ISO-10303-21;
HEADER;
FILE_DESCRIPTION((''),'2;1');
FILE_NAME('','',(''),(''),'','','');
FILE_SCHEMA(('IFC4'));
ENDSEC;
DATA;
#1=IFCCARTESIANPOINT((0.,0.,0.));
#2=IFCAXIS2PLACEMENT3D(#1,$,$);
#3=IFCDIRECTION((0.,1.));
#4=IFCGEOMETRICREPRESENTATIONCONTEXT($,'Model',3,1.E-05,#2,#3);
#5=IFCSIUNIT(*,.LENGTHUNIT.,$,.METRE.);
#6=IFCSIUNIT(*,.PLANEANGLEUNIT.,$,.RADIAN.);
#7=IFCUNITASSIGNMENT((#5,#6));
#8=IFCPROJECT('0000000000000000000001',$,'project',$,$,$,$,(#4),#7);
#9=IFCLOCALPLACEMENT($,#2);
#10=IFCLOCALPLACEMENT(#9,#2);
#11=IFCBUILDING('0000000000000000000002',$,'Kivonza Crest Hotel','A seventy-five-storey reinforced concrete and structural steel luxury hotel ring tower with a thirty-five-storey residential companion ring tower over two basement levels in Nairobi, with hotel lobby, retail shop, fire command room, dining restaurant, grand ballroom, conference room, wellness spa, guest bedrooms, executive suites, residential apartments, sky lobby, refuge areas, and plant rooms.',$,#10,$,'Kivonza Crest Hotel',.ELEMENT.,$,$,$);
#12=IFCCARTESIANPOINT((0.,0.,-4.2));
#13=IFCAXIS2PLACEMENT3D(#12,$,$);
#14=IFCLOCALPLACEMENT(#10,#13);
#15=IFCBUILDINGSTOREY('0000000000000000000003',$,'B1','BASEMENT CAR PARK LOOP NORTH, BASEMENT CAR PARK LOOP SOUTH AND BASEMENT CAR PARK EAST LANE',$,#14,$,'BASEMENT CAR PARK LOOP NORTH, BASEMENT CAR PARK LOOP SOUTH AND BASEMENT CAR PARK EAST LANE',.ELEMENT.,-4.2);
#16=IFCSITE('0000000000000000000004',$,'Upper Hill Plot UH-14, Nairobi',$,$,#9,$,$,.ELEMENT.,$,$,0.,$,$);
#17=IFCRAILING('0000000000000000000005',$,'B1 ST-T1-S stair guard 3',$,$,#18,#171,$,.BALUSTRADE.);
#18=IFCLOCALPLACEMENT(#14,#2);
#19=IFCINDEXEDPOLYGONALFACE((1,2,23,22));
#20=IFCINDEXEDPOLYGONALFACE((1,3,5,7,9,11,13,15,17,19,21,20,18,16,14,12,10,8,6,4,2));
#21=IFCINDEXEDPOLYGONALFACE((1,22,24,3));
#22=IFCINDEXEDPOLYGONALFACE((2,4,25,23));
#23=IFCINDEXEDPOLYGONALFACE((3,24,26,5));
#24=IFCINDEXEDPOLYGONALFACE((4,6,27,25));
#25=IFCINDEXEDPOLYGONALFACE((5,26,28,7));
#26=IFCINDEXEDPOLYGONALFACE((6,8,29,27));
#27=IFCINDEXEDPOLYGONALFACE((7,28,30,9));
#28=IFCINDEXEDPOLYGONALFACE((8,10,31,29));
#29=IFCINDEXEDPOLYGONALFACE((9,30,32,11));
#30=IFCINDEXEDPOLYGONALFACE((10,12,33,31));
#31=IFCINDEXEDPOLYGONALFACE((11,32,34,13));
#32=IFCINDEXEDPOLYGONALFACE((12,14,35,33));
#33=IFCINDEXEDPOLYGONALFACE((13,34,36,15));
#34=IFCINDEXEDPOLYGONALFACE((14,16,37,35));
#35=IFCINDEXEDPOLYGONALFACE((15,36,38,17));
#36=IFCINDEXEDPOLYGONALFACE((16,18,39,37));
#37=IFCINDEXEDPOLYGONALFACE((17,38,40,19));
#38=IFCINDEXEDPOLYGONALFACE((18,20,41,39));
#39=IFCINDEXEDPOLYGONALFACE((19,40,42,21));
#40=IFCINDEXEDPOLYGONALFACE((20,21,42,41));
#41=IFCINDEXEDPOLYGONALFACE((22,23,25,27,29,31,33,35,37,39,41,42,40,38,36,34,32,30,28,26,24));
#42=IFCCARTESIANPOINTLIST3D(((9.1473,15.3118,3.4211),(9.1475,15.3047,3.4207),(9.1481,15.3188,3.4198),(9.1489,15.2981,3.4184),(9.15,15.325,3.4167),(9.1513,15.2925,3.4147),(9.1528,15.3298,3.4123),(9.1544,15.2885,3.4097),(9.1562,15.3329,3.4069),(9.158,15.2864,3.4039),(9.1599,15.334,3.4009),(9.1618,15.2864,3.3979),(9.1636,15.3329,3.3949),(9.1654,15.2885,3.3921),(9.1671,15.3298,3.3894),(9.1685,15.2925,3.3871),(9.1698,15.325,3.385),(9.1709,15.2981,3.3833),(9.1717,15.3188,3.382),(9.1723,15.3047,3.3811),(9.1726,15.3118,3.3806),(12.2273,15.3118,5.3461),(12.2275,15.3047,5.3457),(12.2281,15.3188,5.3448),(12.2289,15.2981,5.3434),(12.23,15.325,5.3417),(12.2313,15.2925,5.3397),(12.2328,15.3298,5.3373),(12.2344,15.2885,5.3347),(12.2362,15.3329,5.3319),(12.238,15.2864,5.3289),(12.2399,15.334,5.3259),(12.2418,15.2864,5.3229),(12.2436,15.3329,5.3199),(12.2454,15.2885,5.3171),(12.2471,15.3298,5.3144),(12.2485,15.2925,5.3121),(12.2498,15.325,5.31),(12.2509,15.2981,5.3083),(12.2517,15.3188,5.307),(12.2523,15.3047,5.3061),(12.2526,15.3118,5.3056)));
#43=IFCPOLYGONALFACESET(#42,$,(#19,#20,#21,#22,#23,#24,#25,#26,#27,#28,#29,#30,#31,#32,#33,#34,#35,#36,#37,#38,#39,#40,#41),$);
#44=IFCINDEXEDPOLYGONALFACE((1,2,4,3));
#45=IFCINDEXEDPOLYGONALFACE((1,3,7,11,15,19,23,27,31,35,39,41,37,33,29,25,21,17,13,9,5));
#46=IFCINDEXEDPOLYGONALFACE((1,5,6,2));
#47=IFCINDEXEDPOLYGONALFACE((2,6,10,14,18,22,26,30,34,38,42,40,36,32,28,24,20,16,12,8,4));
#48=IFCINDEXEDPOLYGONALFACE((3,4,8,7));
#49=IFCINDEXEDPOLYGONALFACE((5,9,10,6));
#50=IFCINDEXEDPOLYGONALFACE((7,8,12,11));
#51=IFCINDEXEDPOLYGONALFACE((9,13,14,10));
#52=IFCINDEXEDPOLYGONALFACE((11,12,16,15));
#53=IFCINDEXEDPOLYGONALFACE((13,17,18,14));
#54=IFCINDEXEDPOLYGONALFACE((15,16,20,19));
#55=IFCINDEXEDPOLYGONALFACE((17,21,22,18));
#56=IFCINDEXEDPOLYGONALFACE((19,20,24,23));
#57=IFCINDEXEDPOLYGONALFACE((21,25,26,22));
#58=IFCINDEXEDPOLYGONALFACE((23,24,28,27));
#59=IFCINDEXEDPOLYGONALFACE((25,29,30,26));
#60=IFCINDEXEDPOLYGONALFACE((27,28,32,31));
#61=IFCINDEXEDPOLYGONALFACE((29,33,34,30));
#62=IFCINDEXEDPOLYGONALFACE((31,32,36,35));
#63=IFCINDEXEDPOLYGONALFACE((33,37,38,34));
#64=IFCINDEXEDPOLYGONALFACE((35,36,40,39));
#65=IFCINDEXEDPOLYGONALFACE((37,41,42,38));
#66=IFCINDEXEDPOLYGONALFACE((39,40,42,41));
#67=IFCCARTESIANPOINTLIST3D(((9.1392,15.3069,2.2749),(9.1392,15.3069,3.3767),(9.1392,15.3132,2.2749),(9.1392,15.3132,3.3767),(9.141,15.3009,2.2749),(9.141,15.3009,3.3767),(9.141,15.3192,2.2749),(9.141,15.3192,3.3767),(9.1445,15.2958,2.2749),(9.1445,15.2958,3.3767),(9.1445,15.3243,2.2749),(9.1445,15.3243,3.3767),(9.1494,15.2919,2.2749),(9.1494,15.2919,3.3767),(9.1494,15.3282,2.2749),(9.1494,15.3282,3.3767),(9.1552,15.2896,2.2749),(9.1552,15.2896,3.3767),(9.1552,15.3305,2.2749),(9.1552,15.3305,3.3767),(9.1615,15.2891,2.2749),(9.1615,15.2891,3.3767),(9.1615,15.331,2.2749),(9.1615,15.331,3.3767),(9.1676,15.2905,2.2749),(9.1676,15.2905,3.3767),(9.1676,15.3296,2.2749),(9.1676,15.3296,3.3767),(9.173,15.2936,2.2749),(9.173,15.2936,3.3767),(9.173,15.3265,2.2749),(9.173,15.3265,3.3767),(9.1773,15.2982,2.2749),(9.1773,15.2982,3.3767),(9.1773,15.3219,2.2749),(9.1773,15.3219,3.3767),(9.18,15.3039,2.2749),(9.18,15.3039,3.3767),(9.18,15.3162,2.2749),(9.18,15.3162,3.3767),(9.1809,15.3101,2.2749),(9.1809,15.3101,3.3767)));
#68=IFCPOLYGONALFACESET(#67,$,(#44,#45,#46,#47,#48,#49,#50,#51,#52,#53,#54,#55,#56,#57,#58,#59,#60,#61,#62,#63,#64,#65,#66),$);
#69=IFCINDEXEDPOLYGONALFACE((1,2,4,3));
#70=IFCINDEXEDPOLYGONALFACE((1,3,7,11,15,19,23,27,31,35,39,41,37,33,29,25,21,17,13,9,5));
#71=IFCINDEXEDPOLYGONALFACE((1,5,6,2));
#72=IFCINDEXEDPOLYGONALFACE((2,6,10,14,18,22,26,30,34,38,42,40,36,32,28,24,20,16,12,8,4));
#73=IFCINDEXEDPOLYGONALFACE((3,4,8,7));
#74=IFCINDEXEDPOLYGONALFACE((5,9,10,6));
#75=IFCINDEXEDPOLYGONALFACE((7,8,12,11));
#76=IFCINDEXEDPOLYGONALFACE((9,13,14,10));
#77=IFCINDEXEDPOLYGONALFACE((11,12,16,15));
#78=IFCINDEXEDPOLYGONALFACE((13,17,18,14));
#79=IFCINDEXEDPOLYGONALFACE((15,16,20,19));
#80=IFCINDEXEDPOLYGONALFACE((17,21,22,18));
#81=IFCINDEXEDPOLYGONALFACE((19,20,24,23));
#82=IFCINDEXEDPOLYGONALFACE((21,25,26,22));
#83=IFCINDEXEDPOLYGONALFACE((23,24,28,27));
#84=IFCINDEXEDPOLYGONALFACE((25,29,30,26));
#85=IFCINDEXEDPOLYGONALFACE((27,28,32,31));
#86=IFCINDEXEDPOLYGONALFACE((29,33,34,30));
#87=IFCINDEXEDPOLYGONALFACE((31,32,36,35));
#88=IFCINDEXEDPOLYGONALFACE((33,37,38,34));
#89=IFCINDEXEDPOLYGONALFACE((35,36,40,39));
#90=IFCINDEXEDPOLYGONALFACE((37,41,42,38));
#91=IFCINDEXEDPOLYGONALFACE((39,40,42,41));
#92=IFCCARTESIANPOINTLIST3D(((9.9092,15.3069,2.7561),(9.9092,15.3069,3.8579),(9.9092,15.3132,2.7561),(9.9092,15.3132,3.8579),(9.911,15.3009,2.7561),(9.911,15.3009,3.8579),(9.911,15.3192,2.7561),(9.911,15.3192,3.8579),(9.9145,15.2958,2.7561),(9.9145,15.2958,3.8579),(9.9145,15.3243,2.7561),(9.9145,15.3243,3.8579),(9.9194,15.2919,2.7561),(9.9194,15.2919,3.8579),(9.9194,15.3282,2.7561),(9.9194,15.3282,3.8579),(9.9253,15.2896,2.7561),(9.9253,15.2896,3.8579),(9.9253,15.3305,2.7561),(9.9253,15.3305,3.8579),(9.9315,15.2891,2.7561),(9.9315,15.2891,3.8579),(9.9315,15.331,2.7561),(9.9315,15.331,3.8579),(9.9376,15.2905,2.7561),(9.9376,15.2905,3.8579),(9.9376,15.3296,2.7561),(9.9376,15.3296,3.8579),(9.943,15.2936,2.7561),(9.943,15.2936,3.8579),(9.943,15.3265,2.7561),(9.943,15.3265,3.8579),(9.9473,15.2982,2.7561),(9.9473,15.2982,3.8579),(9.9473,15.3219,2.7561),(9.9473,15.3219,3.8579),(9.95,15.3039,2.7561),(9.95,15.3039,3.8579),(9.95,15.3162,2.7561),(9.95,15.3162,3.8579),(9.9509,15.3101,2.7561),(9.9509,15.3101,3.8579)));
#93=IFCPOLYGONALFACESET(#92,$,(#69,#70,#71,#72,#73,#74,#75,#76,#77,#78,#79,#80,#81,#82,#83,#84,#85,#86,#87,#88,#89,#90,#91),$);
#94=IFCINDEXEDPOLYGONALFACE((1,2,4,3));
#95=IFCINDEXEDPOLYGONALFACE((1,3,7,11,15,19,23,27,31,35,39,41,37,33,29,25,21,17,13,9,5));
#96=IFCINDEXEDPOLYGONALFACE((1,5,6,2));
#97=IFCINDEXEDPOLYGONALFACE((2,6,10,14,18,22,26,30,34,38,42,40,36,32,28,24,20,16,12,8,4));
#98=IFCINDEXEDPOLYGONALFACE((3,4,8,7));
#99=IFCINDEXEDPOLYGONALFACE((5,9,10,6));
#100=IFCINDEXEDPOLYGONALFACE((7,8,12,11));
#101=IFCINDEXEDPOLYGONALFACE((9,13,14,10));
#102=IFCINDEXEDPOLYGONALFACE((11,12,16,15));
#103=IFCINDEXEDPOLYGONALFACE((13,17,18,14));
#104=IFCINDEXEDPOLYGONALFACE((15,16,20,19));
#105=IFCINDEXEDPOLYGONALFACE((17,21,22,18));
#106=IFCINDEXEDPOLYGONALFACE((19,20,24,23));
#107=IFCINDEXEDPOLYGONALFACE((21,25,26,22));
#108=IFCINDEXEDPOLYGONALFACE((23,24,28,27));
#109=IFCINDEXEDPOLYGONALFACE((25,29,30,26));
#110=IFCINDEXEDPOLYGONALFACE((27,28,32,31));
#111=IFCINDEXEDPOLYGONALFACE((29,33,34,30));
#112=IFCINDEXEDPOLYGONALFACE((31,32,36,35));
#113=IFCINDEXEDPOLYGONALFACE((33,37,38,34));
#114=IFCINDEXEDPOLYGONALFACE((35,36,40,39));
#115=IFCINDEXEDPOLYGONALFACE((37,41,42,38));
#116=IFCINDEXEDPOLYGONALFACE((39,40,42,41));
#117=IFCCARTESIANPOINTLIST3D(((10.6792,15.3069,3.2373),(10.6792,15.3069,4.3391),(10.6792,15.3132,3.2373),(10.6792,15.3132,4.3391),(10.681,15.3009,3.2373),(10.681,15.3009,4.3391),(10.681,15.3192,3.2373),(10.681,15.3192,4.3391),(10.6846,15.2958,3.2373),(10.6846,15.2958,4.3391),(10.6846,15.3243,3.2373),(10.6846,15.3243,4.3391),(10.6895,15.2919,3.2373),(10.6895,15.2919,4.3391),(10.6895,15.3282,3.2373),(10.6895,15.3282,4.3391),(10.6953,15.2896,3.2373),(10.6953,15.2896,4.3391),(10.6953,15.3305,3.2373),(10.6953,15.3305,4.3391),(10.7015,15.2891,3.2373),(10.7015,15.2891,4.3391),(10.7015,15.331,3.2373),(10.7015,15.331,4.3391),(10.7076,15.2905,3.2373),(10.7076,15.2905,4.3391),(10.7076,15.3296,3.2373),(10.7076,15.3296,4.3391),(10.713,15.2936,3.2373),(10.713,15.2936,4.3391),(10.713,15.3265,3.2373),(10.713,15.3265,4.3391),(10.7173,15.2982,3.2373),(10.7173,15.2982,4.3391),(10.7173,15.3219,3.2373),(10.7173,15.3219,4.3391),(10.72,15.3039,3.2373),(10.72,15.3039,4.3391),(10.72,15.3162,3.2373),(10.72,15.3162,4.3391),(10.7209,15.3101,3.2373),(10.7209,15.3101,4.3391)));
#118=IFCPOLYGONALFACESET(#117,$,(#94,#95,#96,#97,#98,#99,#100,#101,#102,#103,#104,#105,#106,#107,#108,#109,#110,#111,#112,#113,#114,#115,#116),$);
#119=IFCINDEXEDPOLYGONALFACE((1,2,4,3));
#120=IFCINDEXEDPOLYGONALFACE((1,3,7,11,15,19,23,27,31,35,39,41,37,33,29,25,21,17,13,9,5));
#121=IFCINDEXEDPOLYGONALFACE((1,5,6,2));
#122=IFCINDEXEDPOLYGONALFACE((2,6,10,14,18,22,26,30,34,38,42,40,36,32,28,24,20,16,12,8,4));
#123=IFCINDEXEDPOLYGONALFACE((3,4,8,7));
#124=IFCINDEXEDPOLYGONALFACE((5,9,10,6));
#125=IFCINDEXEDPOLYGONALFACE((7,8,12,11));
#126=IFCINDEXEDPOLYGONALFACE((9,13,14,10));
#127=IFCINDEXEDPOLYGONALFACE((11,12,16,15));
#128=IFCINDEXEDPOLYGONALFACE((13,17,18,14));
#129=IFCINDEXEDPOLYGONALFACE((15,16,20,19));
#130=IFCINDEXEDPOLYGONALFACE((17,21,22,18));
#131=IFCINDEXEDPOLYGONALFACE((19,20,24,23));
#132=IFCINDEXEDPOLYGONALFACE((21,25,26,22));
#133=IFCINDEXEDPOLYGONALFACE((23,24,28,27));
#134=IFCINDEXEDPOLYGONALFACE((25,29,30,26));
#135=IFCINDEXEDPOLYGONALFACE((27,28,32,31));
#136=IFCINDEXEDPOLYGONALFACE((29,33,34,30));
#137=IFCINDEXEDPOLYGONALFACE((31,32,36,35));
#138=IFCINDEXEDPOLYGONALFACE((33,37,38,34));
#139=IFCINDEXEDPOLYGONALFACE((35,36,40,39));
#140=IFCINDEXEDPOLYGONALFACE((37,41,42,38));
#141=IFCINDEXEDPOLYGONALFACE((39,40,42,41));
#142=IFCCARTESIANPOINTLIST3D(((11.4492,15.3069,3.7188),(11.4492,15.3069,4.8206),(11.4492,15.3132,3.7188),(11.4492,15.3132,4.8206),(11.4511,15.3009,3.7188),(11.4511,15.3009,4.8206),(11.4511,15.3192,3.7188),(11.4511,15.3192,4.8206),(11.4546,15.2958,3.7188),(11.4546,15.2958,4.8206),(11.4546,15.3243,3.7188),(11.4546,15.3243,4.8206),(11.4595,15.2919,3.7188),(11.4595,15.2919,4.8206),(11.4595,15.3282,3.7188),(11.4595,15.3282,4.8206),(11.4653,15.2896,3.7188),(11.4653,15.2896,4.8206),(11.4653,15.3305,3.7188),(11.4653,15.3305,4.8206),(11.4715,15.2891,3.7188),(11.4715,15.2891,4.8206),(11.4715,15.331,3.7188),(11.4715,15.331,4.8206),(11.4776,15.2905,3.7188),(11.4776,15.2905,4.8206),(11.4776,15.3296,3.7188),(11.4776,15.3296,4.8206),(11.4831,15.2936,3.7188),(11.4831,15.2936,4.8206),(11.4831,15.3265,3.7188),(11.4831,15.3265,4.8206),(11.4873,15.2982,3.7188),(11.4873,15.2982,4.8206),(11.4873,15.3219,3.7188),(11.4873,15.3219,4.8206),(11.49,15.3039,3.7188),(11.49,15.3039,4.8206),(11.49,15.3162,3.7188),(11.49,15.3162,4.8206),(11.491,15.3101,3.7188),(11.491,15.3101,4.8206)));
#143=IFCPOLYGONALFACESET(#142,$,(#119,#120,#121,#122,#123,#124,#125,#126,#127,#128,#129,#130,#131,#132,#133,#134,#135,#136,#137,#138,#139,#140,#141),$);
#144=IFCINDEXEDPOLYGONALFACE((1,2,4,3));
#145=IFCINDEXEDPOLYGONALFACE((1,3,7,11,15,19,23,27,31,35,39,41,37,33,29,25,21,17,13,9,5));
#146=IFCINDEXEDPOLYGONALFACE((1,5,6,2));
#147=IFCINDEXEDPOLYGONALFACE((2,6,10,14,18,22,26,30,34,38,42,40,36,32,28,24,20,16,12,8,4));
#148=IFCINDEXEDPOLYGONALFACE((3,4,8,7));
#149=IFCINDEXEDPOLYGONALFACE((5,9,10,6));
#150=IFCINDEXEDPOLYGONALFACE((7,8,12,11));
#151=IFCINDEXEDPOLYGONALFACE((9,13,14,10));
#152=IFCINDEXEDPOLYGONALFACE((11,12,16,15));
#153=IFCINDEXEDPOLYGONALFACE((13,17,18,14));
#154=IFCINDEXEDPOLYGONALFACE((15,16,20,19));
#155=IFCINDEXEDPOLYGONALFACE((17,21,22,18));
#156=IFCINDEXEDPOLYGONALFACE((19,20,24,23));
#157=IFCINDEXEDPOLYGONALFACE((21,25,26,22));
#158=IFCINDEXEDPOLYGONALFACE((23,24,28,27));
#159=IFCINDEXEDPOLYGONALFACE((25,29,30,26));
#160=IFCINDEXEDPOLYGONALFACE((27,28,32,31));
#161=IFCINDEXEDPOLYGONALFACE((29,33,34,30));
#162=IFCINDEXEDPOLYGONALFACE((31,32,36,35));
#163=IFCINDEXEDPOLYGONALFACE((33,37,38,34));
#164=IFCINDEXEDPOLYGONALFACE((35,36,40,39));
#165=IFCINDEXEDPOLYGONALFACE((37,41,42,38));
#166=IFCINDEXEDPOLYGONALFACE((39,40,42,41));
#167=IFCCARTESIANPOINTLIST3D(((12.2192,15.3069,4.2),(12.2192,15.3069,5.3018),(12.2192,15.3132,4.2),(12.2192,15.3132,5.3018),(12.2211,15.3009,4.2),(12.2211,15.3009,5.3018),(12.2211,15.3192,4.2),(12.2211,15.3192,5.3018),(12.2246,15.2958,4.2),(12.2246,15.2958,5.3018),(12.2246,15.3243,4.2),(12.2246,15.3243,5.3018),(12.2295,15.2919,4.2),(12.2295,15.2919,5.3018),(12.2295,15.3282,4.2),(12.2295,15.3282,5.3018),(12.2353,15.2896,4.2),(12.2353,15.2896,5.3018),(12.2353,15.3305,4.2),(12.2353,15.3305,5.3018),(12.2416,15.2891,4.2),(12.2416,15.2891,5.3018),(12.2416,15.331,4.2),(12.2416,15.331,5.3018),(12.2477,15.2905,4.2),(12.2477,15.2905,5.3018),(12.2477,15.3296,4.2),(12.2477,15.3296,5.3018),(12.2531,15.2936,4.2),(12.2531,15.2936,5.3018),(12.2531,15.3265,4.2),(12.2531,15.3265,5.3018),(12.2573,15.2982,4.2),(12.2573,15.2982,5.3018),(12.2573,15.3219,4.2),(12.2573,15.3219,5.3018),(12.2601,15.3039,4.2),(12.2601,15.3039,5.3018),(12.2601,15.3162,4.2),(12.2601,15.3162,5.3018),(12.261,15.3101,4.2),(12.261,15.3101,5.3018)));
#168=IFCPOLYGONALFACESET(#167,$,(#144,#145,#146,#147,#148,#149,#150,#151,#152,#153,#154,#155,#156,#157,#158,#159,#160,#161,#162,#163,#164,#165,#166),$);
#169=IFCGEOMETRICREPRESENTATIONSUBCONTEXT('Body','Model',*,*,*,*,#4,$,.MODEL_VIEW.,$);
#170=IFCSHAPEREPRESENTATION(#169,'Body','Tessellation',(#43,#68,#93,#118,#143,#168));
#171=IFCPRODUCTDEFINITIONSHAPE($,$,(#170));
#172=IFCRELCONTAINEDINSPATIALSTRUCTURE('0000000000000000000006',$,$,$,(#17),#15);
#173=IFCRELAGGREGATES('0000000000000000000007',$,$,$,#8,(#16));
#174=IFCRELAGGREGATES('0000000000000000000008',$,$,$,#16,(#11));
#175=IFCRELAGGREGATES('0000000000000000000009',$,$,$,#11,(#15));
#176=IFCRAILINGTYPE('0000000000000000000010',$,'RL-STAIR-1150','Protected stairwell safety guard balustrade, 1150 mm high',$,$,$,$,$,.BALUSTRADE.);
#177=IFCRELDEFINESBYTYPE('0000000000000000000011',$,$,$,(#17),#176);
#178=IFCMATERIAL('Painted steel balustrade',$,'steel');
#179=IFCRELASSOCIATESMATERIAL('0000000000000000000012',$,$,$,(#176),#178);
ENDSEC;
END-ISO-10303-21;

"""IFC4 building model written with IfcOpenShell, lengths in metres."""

from ifc_helpers import new_model, si_unit, direction, frame, origin, origin_2d, place, context, subcontext, project, spatial, circle, extrude, material, type_object, element, save


model = new_model("IFC4")

# Units and contexts
model_context = context("Model", 3, precision=1e-05, world=origin(), true_north=direction((0.0, 1.0)))
body_context = subcontext(model_context, "Body", "Model", "MODEL_VIEW")
ifc_project = project(units=[si_unit("LENGTHUNIT", "METRE"), si_unit("PLANEANGLEUNIT", "RADIAN")], contexts=[model_context])

# Site, building, storey
site_placement = place(None, origin())
site = spatial("IfcSite", under=ifc_project, at=site_placement, Name="Upper Hill Plot UH-14, Nairobi", CompositionType="ELEMENT", RefElevation=0.0)
building_placement = place(site_placement, origin())
building = spatial("IfcBuilding", under=site, at=building_placement, Name="Kivonza Crest Hotel", Description="A seventy-five-storey reinforced concrete and structural steel luxury hotel ring tower with a thirty-five-storey residential companion ring tower over two basement levels in Nairobi, with hotel lobby, retail shop, fire command room, dining restaurant, grand ballroom, conference room, wellness spa, guest bedrooms, executive suites, residential apartments, sky lobby, refuge areas, and plant rooms.", LongName="Kivonza Crest Hotel", CompositionType="ELEMENT")
storey_placement = place(building_placement, frame((0.0, 0.0, -4.2)))
storey = spatial("IfcBuildingStorey", under=building, at=storey_placement, Name="B1", Description="BASEMENT CAR PARK LOOP NORTH, BASEMENT CAR PARK LOOP SOUTH AND BASEMENT CAR PARK EAST LANE", LongName="BASEMENT CAR PARK LOOP NORTH, BASEMENT CAR PARK LOOP SOUTH AND BASEMENT CAR PARK EAST LANE", CompositionType="ELEMENT", Elevation=-4.2)

# Railing
ifc_material_1 = material(Name="Painted steel balustrade", Category="steel")
railing_type_1 = type_object("IfcRailingType", Name="RL-STAIR-1150", Description="Protected stairwell safety guard balustrade, 1150 mm high", PredefinedType="BALUSTRADE", material=ifc_material_1)
railing_1_placement = place(storey_placement, frame((9.1599, 15.3101, 2.2749)))
element("IfcRailing", 1, at=railing_1_placement, inside=storey, type_object=railing_type_1, Name="B1 ST-T1-S stair guard 3", PredefinedType="BALUSTRADE", context=body_context, shape_type="SweptSolid", body=[
    extrude(circle(Radius=0.0239, at=origin_2d()), frame((0.0, 0.0, 1.126), z_axis=(0.847998, 0.0, 0.529999), x_axis=(0.0, 1.0, 0.0)), (0.0, 0.0, 1.0), 3.6321),
    extrude(circle(Radius=0.021, at=origin_2d()), origin(), (0.0, 0.0, 1.0), 1.1018),
    extrude(circle(Radius=0.021, at=origin_2d()), frame((0.77, 0.0, 0.4812)), (0.0, 0.0, 1.0), 1.1018),
    extrude(circle(Radius=0.021, at=origin_2d()), frame((1.54, 0.0, 0.9624)), (0.0, 0.0, 1.0), 1.1018),
    extrude(circle(Radius=0.021, at=origin_2d()), frame((2.3101, 0.0, 1.4438)), (0.0, 0.0, 1.0), 1.1018),
    extrude(circle(Radius=0.021, at=origin_2d()), frame((3.0801, 0.0, 1.925)), (0.0, 0.0, 1.0), 1.1018),
])

save(model, "model.ifc")
